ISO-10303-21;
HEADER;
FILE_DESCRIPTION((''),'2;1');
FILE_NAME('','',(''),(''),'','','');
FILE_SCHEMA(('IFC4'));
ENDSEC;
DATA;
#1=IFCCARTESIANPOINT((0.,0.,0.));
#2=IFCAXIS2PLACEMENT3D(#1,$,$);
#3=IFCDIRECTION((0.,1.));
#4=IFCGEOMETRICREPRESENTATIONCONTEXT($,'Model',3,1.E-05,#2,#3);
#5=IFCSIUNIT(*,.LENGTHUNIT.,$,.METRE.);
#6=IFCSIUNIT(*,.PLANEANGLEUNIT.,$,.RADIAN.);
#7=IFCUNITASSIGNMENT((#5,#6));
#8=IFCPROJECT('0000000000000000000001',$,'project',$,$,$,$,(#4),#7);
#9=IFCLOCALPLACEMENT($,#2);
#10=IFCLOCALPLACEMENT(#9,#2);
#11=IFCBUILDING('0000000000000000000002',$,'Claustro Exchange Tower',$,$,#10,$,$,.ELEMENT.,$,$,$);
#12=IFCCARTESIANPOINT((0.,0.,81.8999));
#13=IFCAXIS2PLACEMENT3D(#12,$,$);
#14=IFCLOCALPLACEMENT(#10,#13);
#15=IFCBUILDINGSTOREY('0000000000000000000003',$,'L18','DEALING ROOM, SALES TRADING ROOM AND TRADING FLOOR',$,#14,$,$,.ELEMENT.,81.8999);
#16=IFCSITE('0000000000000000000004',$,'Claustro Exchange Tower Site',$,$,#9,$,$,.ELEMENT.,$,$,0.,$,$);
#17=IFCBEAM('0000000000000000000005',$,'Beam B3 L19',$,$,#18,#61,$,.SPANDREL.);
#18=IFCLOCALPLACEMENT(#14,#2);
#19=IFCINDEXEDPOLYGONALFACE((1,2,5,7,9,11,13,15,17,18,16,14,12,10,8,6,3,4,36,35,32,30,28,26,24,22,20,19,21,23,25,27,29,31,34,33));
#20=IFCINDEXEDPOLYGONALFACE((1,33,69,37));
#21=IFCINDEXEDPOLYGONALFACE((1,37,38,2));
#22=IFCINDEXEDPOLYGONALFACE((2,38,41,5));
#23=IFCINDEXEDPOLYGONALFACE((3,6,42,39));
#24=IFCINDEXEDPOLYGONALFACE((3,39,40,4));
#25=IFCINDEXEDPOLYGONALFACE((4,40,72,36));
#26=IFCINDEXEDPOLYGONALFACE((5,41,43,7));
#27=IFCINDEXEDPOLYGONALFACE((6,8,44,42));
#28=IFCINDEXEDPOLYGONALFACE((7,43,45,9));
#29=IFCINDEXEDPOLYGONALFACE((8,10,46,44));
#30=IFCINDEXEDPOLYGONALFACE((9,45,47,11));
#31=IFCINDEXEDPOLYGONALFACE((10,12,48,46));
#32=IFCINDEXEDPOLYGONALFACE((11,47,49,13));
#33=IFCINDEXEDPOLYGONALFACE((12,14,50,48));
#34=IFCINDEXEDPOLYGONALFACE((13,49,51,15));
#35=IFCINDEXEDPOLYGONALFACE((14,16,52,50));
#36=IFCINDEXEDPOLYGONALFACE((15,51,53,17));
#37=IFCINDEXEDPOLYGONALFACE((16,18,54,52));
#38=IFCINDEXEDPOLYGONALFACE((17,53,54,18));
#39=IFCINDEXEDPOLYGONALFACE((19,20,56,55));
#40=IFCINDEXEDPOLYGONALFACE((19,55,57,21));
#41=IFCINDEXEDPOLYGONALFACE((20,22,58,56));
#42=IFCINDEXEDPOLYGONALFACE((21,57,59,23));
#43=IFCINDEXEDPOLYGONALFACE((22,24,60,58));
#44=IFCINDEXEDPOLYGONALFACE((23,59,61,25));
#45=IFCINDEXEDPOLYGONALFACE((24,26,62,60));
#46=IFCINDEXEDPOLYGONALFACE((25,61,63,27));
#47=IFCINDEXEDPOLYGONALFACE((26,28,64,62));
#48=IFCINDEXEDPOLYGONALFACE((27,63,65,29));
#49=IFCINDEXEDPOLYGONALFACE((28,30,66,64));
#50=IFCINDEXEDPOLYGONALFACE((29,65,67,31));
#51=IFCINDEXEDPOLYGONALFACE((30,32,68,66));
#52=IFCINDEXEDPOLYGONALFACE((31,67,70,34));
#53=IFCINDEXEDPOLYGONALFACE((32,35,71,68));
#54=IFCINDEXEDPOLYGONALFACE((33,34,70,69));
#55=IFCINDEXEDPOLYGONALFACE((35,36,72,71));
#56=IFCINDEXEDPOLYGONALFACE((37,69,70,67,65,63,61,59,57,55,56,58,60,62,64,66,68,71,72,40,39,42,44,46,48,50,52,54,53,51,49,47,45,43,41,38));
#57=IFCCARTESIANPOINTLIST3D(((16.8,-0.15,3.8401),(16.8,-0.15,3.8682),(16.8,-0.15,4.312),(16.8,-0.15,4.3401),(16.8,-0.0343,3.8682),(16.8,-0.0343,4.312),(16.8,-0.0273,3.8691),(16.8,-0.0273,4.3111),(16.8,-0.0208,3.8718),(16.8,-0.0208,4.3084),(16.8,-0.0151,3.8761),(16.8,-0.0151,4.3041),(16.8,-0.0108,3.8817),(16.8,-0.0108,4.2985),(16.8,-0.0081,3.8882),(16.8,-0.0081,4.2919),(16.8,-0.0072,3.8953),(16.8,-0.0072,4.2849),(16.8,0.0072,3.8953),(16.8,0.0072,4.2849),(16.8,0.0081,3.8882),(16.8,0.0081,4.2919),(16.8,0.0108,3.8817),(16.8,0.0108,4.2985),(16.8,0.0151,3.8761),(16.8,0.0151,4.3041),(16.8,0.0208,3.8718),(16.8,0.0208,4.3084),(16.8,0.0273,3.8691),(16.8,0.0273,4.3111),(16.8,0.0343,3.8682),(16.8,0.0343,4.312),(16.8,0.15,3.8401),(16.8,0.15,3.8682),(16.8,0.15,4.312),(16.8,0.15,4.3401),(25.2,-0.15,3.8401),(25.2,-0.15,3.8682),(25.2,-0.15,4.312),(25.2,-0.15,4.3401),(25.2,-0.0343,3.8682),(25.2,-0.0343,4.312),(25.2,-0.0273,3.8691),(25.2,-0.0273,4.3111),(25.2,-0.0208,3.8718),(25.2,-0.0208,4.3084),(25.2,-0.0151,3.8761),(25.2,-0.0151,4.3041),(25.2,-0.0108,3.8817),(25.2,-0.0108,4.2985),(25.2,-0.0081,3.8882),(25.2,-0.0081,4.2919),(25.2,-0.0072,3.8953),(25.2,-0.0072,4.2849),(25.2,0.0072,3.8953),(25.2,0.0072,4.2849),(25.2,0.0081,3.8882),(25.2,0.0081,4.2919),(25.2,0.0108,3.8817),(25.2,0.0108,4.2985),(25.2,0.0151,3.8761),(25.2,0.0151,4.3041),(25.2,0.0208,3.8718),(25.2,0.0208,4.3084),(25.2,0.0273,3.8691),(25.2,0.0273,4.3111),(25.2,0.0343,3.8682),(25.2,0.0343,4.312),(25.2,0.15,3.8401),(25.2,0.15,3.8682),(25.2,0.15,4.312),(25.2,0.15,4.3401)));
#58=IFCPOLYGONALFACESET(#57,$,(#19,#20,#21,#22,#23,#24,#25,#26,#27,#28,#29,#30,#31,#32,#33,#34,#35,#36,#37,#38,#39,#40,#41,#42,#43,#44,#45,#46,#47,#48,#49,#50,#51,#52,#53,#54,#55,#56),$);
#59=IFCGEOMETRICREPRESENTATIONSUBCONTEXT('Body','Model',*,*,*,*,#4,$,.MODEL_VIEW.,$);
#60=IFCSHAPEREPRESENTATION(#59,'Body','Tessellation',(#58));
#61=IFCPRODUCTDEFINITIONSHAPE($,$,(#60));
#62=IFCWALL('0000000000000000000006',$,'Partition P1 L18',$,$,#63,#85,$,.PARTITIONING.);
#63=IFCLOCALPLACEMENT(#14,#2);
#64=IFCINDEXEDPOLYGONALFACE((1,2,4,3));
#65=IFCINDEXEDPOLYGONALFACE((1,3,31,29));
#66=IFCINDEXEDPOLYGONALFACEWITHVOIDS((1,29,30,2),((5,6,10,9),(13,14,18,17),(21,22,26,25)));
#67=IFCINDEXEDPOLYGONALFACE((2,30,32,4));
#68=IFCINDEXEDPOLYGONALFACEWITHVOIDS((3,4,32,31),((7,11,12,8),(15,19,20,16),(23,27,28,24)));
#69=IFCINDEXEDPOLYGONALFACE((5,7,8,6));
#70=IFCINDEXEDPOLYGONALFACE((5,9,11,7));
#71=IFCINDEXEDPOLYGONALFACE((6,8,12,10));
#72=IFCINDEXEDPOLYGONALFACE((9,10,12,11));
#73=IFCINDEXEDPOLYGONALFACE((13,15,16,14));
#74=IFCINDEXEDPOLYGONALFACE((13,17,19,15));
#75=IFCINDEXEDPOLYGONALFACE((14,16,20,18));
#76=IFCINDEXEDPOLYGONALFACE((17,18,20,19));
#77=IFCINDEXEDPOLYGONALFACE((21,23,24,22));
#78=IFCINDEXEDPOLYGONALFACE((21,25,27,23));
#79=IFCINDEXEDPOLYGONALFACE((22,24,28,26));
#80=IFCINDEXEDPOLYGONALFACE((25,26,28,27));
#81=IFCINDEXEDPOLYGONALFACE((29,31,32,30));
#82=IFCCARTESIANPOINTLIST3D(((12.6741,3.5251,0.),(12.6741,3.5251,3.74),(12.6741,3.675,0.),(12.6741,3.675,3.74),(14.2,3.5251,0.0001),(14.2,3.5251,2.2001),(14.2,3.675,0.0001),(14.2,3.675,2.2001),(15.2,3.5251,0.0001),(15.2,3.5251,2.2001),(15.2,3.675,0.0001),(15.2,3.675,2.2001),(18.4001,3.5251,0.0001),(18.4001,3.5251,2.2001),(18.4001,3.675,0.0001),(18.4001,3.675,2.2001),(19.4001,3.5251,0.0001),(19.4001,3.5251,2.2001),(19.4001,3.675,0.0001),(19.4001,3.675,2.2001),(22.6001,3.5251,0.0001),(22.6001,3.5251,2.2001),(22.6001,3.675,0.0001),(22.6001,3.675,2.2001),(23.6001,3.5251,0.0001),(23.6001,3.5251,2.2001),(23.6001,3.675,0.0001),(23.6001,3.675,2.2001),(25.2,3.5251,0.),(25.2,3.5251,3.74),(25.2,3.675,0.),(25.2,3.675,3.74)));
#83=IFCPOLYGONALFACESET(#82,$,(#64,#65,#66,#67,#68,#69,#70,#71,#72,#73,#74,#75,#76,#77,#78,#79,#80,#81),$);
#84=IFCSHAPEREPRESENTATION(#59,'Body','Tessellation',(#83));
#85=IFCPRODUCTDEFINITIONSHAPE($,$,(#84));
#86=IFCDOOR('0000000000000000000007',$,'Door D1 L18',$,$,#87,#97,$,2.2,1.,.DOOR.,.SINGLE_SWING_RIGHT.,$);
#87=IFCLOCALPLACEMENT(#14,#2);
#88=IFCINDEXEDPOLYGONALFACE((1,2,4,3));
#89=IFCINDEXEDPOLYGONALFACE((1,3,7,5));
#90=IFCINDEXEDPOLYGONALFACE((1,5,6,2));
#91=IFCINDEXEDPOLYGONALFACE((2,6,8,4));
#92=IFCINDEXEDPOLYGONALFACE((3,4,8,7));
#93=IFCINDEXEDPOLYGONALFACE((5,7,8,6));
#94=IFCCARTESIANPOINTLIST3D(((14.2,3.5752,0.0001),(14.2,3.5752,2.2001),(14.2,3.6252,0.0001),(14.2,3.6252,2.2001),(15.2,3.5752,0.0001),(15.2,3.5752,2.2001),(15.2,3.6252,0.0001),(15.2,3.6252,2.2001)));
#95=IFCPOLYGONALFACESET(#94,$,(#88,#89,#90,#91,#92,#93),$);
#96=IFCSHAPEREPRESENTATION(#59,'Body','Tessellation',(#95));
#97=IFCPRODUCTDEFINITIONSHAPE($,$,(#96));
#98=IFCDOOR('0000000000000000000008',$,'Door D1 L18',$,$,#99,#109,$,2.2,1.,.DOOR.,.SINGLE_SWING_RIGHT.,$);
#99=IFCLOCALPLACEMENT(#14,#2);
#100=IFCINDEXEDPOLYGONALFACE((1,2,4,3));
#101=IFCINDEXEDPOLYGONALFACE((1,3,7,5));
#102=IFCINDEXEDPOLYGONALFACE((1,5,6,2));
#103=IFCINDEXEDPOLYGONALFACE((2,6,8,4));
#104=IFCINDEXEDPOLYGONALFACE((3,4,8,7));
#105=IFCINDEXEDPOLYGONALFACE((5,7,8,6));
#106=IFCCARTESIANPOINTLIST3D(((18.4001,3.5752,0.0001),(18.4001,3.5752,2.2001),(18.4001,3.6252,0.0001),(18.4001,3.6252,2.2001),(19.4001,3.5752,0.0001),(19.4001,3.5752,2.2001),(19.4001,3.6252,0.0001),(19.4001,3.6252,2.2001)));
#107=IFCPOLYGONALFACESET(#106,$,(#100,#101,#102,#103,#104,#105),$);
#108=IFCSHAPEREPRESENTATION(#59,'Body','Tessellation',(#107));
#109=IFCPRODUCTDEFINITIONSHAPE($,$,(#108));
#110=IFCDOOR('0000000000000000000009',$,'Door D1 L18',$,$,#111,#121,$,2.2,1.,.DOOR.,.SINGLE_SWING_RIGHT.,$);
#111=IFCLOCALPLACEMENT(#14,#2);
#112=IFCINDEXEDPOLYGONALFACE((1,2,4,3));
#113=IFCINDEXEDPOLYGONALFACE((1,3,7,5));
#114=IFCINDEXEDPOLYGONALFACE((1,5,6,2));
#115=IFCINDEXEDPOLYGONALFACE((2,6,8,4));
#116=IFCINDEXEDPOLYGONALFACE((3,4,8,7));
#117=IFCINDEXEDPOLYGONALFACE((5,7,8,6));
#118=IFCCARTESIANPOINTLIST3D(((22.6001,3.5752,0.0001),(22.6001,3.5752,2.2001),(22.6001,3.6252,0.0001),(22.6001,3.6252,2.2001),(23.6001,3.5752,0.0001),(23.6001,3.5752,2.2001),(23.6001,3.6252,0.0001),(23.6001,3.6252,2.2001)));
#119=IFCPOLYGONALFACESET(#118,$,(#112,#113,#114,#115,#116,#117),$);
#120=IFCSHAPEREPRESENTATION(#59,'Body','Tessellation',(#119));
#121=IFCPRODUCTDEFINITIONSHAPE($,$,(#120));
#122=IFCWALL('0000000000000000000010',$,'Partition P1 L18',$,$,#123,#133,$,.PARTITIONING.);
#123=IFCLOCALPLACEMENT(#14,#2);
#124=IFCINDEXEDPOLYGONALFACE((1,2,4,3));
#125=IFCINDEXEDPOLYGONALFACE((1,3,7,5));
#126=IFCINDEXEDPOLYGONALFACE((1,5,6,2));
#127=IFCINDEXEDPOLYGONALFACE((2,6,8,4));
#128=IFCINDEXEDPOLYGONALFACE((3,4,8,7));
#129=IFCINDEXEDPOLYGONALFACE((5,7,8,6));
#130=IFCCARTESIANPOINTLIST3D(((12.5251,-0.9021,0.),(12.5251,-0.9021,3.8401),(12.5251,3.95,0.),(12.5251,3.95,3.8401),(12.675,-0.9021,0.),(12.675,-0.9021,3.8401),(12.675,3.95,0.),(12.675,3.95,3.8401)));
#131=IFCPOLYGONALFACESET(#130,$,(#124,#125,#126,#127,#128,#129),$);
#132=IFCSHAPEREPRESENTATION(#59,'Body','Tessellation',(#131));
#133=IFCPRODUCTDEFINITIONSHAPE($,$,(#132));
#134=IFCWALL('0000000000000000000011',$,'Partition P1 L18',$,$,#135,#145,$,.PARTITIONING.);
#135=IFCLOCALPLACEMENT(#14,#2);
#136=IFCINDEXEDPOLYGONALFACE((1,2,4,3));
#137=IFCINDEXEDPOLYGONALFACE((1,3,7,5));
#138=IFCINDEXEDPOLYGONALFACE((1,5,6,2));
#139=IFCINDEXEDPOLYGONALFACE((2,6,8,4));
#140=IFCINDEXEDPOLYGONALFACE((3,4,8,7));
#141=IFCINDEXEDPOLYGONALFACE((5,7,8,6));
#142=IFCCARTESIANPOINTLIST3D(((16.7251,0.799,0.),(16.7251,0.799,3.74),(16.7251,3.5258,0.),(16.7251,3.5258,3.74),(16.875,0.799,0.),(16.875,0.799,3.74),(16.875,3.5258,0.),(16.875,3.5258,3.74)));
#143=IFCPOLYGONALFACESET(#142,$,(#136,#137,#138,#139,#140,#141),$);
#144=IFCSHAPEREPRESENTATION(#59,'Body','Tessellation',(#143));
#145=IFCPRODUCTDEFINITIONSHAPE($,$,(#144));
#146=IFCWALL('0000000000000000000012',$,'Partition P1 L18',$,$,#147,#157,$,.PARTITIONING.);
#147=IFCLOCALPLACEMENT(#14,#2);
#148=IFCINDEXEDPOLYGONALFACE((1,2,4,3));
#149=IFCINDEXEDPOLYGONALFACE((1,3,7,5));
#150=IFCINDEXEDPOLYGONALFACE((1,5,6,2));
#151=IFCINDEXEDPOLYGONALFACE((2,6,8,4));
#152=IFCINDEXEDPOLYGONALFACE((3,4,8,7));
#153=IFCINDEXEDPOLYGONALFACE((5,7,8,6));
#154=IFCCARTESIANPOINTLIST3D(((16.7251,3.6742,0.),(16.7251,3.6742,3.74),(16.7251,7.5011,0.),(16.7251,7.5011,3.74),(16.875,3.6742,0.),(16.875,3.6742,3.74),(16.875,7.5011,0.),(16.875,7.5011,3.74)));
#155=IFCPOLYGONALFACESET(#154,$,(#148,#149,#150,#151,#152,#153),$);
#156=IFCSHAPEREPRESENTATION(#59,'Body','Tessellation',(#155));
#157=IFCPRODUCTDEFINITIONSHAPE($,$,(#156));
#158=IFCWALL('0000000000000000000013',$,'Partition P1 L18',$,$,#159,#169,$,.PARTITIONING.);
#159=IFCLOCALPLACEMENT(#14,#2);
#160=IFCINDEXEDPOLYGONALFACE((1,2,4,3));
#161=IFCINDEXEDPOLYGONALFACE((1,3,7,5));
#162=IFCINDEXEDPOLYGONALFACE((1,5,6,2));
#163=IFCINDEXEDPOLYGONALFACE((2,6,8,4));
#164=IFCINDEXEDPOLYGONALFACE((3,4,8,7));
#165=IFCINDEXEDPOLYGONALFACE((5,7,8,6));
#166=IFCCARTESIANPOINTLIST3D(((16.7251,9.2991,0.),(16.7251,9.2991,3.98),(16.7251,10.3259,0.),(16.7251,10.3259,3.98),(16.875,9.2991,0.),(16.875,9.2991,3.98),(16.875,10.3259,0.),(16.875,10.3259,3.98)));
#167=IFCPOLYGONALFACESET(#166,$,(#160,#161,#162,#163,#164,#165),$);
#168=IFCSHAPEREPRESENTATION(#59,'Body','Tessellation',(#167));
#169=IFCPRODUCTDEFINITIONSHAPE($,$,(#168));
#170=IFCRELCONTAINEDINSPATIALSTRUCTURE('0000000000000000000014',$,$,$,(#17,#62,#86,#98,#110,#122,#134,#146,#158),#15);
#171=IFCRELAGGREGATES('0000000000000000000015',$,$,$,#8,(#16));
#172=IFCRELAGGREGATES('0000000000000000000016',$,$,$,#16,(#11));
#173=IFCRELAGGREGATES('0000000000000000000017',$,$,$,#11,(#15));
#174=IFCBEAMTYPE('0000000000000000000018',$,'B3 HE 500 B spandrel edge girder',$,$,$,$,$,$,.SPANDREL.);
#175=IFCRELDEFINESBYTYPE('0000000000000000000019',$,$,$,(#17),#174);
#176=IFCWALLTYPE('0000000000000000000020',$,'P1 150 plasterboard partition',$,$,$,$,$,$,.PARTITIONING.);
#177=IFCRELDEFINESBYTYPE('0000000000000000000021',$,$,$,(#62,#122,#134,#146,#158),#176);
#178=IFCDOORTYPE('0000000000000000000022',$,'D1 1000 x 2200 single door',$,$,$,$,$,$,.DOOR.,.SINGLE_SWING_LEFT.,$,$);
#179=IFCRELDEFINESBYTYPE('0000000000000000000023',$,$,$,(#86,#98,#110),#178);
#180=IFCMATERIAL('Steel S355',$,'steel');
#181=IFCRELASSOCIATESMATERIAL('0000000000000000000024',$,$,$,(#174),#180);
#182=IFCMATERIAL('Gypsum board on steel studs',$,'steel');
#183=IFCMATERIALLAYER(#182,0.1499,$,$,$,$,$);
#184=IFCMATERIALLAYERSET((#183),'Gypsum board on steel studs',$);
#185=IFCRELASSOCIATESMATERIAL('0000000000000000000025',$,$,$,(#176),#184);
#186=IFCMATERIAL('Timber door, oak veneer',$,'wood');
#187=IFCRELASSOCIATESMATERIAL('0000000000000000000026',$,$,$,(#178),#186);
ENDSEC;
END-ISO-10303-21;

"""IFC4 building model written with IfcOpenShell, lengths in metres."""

from ifc_helpers import new_model, si_unit, direction, frame, frame_2d, origin, origin_2d, place, context, subcontext, project, spatial, rectangle, i_section, extrude, material, layer, layer_set, material_profile, profile_set, type_object, element, fill, save


model = new_model("IFC4")

# Units and contexts
model_context = context("Model", 3, precision=1e-05, world=origin(), true_north=direction((0.0, 1.0)))
body_context = subcontext(model_context, "Body", "Model", "MODEL_VIEW")
ifc_project = project(units=[si_unit("LENGTHUNIT", "METRE"), si_unit("PLANEANGLEUNIT", "RADIAN")], contexts=[model_context])

# Site, building, storey
site_placement = place(None, origin())
site = spatial("IfcSite", under=ifc_project, at=site_placement, Name="Claustro Exchange Tower Site", CompositionType="ELEMENT", RefElevation=0.0)
building_placement = place(site_placement, origin())
building = spatial("IfcBuilding", under=site, at=building_placement, Name="Claustro Exchange Tower", CompositionType="ELEMENT")
storey_placement = place(building_placement, frame((0.0, 0.0, 81.8999)))
storey = spatial("IfcBuildingStorey", under=building, at=storey_placement, Name="L18", Description="DEALING ROOM, SALES TRADING ROOM AND TRADING FLOOR", CompositionType="ELEMENT", Elevation=81.8999)

# Beam
ifc_material_1 = material(Name="Steel S355", Category="steel")
ifc_material_profile_1 = material_profile(ifc_material_1, i_section(OverallWidth=0.3, OverallDepth=0.5, WebThickness=0.0144, FlangeThickness=0.0281, FilletRadius=0.0271, at=origin_2d()), Name="HE 500 B")
ifc_profile_set_1 = profile_set([ifc_material_profile_1], Name="Steel S355")
beam_type_1 = type_object("IfcBeamType", Name="B3 HE 500 B spandrel edge girder", PredefinedType="SPANDREL", material=ifc_profile_set_1)
beam_1_placement = place(storey_placement, frame((16.8, 0.0, 4.0901), z_axis=(1.0, 0.0, 0.0), x_axis=(0.0, 1.0, 0.0)))
element("IfcBeam", 1, at=beam_1_placement, inside=storey, type_object=beam_type_1, Name="Beam B3 L19", PredefinedType="SPANDREL", context=body_context, shape_type="SweptSolid", body=[
    extrude(i_section(OverallWidth=0.3, OverallDepth=0.5, WebThickness=0.0144, FlangeThickness=0.0281, FilletRadius=0.0271, at=origin_2d()), origin(), (0.0, 0.0, 1.0), 8.3999),
])

# Wall, openings, doors
ifc_material_2 = material(Name="Gypsum board on steel studs", Category="steel")
ifc_layer_1 = layer(ifc_material_2, 0.1499)
ifc_layer_set_1 = layer_set([ifc_layer_1], Name="Gypsum board on steel studs")
wall_type_1 = type_object("IfcWallType", Name="P1 150 plasterboard partition", PredefinedType="PARTITIONING", material=ifc_layer_set_1)
wall_1_placement = place(storey_placement, frame((12.6741, 3.6001, 0.0), z_axis=(0.0, 0.0, 1.0), x_axis=(1.0, 0.0, 0.0)))
wall_1 = element("IfcWall", 2, at=wall_1_placement, inside=storey, type_object=wall_type_1, Name="Partition P1 L18", PredefinedType="PARTITIONING", context=body_context, shape_type="SweptSolid", body=[
    extrude(rectangle(XDim=12.5259, YDim=0.1499, at=frame_2d((6.2629, 0.0))), origin(), (0.0, 0.0, 1.0), 3.74),
])
opening_1_placement = place(wall_1_placement, frame((1.5259, 0.0, 0.0)))
opening_1 = element("IfcOpeningElement", 3, at=opening_1_placement, cuts=wall_1, PredefinedType="OPENING", context=body_context, shape_type="SweptSolid", body=[
    extrude(rectangle(XDim=1.0, YDim=2.2, at=frame_2d((0.5, 1.1001))), frame((0.0, 0.085, 0.0), z_axis=(0.0, -1.0, 0.0), x_axis=(1.0, 0.0, 0.0)), (0.0, 0.0, 1.0), 0.1699),
])
opening_2_placement = place(wall_1_placement, frame((5.7261, 0.0, 0.0)))
opening_2 = element("IfcOpeningElement", 4, at=opening_2_placement, cuts=wall_1, PredefinedType="OPENING", context=body_context, shape_type="SweptSolid", body=[
    extrude(rectangle(XDim=1.0, YDim=2.2, at=frame_2d((0.5, 1.1001))), frame((0.0, 0.085, 0.0), z_axis=(0.0, -1.0, 0.0), x_axis=(1.0, 0.0, 0.0)), (0.0, 0.0, 1.0), 0.1699),
])
opening_3_placement = place(wall_1_placement, frame((9.926, 0.0, 0.0)))
opening_3 = element("IfcOpeningElement", 5, at=opening_3_placement, cuts=wall_1, PredefinedType="OPENING", context=body_context, shape_type="SweptSolid", body=[
    extrude(rectangle(XDim=1.0, YDim=2.2, at=frame_2d((0.5, 1.1001))), frame((0.0, 0.085, 0.0), z_axis=(0.0, -1.0, 0.0), x_axis=(1.0, 0.0, 0.0)), (0.0, 0.0, 1.0), 0.1699),
])
ifc_material_3 = material(Name="Timber door, oak veneer", Category="wood")
door_type_1 = type_object("IfcDoorType", Name="D1 1000 x 2200 single door", OperationType="SINGLE_SWING_LEFT", PredefinedType="DOOR", material=ifc_material_3)
door_1_placement = place(opening_1_placement, frame((1.0, 0.0, 0.0), z_axis=(0.0, 0.0, 1.0), x_axis=(-1.0, 0.0, 0.0)))
door_1 = element("IfcDoor", 6, at=door_1_placement, inside=storey, type_object=door_type_1, Name="Door D1 L18", OperationType="SINGLE_SWING_RIGHT", OverallHeight=2.2, OverallWidth=1.0, PredefinedType="DOOR", context=body_context, shape_type="SweptSolid", body=[
    extrude(rectangle(XDim=1.0, YDim=2.2, at=frame_2d((0.5, 1.1001))), frame((0.0, 0.0249, 0.0), z_axis=(0.0, -1.0, 0.0), x_axis=(1.0, 0.0, 0.0)), (0.0, 0.0, 1.0), 0.05),
])
fill(opening_1, door_1)
door_2_placement = place(opening_2_placement, frame((1.0, 0.0, 0.0), z_axis=(0.0, 0.0, 1.0), x_axis=(-1.0, 0.0, 0.0)))
door_2 = element("IfcDoor", 7, at=door_2_placement, inside=storey, type_object=door_type_1, Name="Door D1 L18", OperationType="SINGLE_SWING_RIGHT", OverallHeight=2.2, OverallWidth=1.0, PredefinedType="DOOR", context=body_context, shape_type="SweptSolid", body=[
    extrude(rectangle(XDim=1.0, YDim=2.2, at=frame_2d((0.5, 1.1001))), frame((0.0, 0.0249, 0.0), z_axis=(0.0, -1.0, 0.0), x_axis=(1.0, 0.0, 0.0)), (0.0, 0.0, 1.0), 0.05),
])
fill(opening_2, door_2)
door_3_placement = place(opening_3_placement, frame((1.0, 0.0, 0.0), z_axis=(0.0, 0.0, 1.0), x_axis=(-1.0, 0.0, 0.0)))
door_3 = element("IfcDoor", 8, at=door_3_placement, inside=storey, type_object=door_type_1, Name="Door D1 L18", OperationType="SINGLE_SWING_RIGHT", OverallHeight=2.2, OverallWidth=1.0, PredefinedType="DOOR", context=body_context, shape_type="SweptSolid", body=[
    extrude(rectangle(XDim=1.0, YDim=2.2, at=frame_2d((0.5, 1.1001))), frame((0.0, 0.0249, 0.0), z_axis=(0.0, -1.0, 0.0), x_axis=(1.0, 0.0, 0.0)), (0.0, 0.0, 1.0), 0.05),
])
fill(opening_3, door_3)

# Walls
wall_2_placement = place(storey_placement, frame((12.6001, -0.9021, 0.0), z_axis=(0.0, 0.0, 1.0), x_axis=(0.0, 1.0, 0.0)))
element("IfcWall", 9, at=wall_2_placement, inside=storey, type_object=wall_type_1, Name="Partition P1 L18", PredefinedType="PARTITIONING", context=body_context, shape_type="SweptSolid", body=[
    extrude(rectangle(XDim=4.8521, YDim=0.1499, at=frame_2d((2.426, 0.0))), origin(), (0.0, 0.0, 1.0), 3.8401),
])
wall_3_placement = place(storey_placement, frame((16.8, 0.7991, 0.0), z_axis=(0.0, 0.0, 1.0), x_axis=(0.0, 1.0, 0.0)))
element("IfcWall", 10, at=wall_3_placement, inside=storey, type_object=wall_type_1, Name="Partition P1 L18", PredefinedType="PARTITIONING", context=body_context, shape_type="SweptSolid", body=[
    extrude(rectangle(XDim=2.7268, YDim=0.1499, at=frame_2d((1.3633, 0.0))), origin(), (0.0, 0.0, 1.0), 3.74),
])
wall_4_placement = place(storey_placement, frame((16.8, 3.6741, 0.0), z_axis=(0.0, 0.0, 1.0), x_axis=(0.0, 1.0, 0.0)))
element("IfcWall", 11, at=wall_4_placement, inside=storey, type_object=wall_type_1, Name="Partition P1 L18", PredefinedType="PARTITIONING", context=body_context, shape_type="SweptSolid", body=[
    extrude(rectangle(XDim=3.8269, YDim=0.1499, at=frame_2d((1.9136, 0.0))), origin(), (0.0, 0.0, 1.0), 3.74),
])
wall_5_placement = place(storey_placement, frame((16.8, 9.2991, 0.0), z_axis=(0.0, 0.0, 1.0), x_axis=(0.0, 1.0, 0.0)))
element("IfcWall", 12, at=wall_5_placement, inside=storey, type_object=wall_type_1, Name="Partition P1 L18", PredefinedType="PARTITIONING", context=body_context, shape_type="SweptSolid", body=[
    extrude(rectangle(XDim=1.0269, YDim=0.1499, at=frame_2d((0.5134, 0.0))), origin(), (0.0, 0.0, 1.0), 3.98),
])

save(model, "model.ifc")
